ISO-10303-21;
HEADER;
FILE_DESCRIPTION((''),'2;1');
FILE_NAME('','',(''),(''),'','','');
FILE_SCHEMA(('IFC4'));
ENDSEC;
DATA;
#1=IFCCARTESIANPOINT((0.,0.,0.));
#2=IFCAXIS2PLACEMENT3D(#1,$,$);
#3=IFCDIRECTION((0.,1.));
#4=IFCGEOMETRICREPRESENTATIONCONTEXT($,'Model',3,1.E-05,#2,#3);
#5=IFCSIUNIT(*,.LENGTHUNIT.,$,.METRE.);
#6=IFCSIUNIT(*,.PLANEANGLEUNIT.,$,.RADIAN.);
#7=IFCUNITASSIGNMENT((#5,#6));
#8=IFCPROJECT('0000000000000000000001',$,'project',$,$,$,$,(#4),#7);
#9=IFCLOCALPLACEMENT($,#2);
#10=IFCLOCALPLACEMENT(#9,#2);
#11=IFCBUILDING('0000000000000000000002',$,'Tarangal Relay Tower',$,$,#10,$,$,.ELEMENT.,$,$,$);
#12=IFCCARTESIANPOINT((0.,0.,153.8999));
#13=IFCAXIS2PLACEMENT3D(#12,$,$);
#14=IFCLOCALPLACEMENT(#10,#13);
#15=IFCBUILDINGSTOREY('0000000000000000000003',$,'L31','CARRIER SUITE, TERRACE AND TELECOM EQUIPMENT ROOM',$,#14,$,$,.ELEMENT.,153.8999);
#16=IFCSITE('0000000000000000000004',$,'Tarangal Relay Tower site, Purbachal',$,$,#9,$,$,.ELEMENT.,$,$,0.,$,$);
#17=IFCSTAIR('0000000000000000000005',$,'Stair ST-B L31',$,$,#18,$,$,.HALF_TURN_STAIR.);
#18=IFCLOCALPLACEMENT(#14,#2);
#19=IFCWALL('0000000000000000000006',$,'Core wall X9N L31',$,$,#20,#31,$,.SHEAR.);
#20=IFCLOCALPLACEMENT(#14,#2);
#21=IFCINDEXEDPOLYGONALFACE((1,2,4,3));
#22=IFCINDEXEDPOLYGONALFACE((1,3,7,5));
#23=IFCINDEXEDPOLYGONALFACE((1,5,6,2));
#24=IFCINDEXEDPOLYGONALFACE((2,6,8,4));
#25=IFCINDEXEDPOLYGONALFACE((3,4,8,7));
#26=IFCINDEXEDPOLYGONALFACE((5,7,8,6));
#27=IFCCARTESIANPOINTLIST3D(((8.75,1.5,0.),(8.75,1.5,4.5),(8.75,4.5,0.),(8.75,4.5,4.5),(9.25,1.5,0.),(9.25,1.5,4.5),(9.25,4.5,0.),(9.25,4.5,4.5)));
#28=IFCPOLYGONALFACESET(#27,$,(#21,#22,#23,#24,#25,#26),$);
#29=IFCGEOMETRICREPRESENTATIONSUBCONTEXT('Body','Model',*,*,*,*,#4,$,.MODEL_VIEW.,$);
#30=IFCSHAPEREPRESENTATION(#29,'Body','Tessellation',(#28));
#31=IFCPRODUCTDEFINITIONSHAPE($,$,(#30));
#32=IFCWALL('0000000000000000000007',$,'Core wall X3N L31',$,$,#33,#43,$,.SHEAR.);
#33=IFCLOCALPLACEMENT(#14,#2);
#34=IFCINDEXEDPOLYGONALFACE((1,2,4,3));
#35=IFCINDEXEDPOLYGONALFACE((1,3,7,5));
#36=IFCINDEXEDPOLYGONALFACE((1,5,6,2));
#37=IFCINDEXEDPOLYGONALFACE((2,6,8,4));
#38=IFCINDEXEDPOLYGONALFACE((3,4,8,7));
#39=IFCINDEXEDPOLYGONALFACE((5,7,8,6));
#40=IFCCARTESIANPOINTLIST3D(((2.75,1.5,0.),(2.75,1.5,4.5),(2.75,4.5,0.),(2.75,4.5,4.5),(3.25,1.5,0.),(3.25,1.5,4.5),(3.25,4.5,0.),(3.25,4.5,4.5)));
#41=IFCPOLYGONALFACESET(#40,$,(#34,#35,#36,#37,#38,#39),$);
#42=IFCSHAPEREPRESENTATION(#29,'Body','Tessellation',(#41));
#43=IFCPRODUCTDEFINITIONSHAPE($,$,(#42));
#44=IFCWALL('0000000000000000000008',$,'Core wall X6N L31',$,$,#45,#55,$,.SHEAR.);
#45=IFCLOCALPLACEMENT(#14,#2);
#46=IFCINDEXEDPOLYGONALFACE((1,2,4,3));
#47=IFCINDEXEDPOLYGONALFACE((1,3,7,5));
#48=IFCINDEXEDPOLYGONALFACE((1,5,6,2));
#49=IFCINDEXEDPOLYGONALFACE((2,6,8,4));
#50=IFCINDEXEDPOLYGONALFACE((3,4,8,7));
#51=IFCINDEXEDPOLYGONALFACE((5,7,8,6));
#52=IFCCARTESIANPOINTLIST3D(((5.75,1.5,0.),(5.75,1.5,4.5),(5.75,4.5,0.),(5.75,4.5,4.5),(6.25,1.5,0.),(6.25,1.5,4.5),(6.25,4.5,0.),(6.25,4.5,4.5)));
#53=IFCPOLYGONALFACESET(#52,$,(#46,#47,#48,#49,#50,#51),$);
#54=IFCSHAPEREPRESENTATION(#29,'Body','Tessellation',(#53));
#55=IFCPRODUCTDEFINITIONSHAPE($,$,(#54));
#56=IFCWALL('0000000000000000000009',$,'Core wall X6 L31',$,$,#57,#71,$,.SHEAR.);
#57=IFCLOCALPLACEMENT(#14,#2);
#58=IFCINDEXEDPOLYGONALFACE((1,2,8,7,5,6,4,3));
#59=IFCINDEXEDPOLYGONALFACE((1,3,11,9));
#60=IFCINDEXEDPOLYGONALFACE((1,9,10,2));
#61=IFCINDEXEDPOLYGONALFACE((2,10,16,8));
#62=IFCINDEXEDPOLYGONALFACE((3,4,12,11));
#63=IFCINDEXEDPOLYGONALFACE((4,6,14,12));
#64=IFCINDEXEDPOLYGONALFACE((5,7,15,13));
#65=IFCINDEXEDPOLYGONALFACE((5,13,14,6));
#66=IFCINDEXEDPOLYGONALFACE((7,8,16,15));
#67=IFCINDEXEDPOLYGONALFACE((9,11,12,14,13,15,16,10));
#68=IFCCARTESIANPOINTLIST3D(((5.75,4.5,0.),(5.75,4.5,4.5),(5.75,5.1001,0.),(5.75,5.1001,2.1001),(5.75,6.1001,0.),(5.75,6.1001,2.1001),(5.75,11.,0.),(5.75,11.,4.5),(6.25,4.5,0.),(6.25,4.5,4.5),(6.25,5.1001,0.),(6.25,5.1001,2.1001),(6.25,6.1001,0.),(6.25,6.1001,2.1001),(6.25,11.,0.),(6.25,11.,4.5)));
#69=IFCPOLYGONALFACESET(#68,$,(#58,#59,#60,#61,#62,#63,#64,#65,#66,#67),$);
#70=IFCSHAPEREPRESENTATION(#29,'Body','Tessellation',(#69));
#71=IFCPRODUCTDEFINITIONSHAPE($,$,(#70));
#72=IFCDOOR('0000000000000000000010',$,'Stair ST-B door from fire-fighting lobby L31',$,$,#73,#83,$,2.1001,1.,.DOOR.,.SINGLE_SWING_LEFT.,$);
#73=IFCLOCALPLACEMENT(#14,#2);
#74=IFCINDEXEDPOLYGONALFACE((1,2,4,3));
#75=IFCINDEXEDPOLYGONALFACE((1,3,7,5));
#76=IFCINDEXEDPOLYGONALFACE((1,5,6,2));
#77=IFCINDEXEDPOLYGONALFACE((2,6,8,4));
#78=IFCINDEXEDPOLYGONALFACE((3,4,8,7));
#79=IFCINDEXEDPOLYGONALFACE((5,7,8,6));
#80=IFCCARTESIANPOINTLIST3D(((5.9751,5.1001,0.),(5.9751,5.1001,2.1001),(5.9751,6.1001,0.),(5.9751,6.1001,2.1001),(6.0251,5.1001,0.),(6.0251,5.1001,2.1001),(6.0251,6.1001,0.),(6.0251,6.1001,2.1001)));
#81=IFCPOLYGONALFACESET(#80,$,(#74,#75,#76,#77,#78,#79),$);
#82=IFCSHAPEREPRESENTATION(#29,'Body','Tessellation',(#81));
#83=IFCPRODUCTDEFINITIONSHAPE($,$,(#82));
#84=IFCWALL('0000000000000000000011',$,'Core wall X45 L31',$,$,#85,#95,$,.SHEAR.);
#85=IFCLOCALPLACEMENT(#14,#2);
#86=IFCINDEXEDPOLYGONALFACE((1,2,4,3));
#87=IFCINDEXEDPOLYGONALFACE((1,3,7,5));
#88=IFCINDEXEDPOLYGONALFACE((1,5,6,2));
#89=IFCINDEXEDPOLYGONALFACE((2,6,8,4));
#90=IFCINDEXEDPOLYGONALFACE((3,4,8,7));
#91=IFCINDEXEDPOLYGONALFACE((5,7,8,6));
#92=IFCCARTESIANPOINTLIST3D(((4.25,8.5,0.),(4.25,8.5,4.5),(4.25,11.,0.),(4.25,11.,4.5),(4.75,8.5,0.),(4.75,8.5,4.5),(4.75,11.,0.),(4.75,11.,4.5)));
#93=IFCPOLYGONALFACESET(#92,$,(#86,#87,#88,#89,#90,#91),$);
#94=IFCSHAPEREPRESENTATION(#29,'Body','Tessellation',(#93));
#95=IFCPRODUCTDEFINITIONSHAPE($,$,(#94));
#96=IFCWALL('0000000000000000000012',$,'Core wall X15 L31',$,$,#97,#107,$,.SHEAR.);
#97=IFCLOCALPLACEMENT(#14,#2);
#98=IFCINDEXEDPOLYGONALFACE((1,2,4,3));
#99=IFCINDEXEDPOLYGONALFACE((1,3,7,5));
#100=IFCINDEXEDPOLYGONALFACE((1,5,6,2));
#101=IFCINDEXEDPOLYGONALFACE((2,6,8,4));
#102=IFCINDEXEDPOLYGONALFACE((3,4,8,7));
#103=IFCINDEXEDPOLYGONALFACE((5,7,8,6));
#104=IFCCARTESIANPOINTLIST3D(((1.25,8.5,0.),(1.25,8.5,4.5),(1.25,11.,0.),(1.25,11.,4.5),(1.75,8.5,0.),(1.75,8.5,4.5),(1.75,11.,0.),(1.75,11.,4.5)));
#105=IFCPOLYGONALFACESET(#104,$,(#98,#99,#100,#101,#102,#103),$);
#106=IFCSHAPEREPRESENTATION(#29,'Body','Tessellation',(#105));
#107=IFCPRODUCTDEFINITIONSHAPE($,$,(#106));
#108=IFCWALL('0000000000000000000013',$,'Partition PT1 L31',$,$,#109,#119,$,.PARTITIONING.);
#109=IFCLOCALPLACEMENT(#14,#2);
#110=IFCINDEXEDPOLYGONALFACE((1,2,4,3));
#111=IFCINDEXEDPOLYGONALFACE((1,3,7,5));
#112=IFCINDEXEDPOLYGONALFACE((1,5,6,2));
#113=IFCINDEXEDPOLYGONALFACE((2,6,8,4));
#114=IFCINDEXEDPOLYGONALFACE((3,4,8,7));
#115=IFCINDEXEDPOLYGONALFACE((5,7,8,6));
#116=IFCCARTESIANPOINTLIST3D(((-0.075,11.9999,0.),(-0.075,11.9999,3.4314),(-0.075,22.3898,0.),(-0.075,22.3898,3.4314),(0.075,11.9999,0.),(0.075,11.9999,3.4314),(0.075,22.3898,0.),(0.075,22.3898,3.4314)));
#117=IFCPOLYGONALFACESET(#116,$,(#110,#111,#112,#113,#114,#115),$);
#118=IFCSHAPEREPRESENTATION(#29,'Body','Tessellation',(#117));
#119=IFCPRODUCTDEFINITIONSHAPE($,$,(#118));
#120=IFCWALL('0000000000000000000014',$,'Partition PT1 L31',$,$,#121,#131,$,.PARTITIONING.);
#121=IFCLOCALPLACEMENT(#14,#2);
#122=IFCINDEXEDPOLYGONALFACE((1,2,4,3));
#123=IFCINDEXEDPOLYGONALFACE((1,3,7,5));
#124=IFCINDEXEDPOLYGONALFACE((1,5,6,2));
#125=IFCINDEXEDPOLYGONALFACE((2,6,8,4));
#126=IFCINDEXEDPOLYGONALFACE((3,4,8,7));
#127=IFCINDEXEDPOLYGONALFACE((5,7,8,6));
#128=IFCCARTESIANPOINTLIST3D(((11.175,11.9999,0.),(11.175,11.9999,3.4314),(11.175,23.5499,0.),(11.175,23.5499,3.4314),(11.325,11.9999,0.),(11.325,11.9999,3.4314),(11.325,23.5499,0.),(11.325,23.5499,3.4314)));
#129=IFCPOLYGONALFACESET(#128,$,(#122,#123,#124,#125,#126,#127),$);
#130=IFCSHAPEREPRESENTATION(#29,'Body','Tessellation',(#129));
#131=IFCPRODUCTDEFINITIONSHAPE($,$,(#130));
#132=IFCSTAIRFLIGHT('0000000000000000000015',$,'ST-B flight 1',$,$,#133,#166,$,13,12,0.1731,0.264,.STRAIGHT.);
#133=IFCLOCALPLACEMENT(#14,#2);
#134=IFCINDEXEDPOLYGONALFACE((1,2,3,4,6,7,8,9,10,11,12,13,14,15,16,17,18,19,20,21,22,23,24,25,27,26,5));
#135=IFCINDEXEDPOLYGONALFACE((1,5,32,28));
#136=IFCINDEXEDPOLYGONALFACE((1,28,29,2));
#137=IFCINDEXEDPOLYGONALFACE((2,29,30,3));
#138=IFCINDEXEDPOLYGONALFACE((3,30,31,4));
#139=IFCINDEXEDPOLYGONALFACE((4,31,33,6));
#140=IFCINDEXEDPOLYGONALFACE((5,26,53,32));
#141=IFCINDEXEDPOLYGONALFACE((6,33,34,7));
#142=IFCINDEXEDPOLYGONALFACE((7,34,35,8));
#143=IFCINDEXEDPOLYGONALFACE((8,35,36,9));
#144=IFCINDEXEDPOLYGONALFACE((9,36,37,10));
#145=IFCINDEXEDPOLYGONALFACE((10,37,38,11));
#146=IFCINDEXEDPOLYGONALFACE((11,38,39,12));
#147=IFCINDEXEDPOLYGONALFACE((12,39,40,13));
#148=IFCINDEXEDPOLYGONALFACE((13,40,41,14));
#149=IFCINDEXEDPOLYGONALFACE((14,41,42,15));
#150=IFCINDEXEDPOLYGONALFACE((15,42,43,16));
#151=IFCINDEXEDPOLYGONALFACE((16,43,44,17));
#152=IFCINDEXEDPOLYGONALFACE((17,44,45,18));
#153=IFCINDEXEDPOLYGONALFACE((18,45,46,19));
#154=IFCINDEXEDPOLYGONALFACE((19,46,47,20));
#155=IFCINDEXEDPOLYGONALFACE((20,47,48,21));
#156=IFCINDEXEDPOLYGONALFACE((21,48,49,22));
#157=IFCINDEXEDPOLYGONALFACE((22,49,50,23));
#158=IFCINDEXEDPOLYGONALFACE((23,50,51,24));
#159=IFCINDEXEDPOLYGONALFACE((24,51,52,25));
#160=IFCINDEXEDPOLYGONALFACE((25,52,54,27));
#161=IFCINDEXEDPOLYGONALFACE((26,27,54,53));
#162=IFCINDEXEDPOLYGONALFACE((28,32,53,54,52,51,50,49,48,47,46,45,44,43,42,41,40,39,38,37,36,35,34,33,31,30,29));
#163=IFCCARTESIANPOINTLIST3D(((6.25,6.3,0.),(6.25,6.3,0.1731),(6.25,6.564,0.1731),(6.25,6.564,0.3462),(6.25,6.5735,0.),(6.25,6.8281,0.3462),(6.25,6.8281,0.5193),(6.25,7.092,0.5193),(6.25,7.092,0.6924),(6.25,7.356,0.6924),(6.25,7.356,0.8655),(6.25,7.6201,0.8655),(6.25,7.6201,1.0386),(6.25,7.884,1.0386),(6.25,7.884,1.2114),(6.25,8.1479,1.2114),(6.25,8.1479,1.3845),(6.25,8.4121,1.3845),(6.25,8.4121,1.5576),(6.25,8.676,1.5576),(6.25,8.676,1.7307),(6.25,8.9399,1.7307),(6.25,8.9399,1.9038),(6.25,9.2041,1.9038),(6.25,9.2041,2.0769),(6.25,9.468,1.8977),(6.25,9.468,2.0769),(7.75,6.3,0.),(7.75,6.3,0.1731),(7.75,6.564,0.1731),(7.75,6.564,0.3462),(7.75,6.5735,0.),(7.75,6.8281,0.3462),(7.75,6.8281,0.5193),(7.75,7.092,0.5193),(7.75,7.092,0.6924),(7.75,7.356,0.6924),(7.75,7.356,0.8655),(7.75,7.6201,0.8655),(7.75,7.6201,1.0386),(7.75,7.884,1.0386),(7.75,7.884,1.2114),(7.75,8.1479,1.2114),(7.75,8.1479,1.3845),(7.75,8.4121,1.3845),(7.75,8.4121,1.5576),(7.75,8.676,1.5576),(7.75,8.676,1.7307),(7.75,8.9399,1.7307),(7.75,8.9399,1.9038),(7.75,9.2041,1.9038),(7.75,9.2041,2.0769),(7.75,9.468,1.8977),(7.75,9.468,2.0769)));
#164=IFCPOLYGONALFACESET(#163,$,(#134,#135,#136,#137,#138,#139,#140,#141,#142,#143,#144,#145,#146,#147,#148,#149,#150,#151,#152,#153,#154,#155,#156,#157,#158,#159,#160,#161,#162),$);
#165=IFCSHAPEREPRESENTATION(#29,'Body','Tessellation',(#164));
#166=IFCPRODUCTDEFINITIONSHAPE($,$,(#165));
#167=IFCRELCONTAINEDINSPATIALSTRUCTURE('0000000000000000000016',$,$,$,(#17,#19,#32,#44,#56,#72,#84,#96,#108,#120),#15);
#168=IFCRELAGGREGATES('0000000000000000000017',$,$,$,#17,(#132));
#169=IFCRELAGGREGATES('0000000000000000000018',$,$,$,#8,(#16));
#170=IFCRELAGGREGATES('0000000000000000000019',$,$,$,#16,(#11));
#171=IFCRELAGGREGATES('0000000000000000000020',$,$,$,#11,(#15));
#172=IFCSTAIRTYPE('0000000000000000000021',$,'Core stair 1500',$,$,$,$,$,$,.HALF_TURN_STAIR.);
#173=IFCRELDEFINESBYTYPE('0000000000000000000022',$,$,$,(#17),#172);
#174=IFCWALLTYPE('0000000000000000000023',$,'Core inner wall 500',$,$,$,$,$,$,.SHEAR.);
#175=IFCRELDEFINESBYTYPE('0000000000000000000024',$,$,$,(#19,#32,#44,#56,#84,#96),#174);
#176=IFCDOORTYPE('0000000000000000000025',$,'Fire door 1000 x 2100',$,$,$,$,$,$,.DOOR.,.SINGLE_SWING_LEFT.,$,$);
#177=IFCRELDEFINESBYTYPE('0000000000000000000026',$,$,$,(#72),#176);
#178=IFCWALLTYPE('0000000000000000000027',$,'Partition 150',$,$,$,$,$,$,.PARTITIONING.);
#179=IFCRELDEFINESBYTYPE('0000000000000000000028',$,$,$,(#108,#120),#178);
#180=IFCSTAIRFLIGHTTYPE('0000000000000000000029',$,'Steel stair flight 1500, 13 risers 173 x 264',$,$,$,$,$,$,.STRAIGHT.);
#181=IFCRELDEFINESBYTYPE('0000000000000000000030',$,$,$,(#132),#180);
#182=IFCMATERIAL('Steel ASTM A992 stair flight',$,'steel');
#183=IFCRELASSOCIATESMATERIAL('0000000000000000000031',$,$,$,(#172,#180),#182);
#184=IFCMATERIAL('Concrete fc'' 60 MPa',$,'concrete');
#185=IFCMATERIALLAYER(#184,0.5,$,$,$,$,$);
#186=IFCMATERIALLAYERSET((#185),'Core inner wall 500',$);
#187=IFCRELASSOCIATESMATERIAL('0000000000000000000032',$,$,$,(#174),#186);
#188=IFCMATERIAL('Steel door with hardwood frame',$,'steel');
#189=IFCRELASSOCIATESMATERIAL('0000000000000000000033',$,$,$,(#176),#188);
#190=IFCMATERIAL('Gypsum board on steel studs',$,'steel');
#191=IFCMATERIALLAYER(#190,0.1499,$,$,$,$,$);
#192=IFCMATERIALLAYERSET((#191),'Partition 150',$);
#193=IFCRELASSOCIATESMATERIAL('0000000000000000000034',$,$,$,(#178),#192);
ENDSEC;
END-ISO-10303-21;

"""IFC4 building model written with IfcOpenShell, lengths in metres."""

from ifc_helpers import new_model, si_unit, direction, frame, frame_2d, origin, place, context, subcontext, project, spatial, polyline, rectangle, outline, extrude, material, layer, layer_set, type_object, element, fill, aggregate, save


model = new_model("IFC4")

# Units and contexts
model_context = context("Model", 3, precision=1e-05, world=origin(), true_north=direction((0.0, 1.0)))
body_context = subcontext(model_context, "Body", "Model", "MODEL_VIEW")
ifc_project = project(units=[si_unit("LENGTHUNIT", "METRE"), si_unit("PLANEANGLEUNIT", "RADIAN")], contexts=[model_context])

# Site, building, storey
site_placement = place(None, origin())
site = spatial("IfcSite", under=ifc_project, at=site_placement, Name="Tarangal Relay Tower site, Purbachal", CompositionType="ELEMENT", RefElevation=0.0)
building_placement = place(site_placement, origin())
building = spatial("IfcBuilding", under=site, at=building_placement, Name="Tarangal Relay Tower", CompositionType="ELEMENT")
storey_placement = place(building_placement, frame((0.0, 0.0, 153.8999)))
storey = spatial("IfcBuildingStorey", under=building, at=storey_placement, Name="L31", Description="CARRIER SUITE, TERRACE AND TELECOM EQUIPMENT ROOM", CompositionType="ELEMENT", Elevation=153.8999)

# Stair
ifc_material_1 = material(Name="Steel ASTM A992 stair flight", Category="steel")
stair_type = type_object("IfcStairType", Name="Core stair 1500", PredefinedType="HALF_TURN_STAIR", material=ifc_material_1)
stair_1_placement = place(storey_placement, origin())
stair_1 = element("IfcStair", 1, at=stair_1_placement, inside=storey, type_object=stair_type, Name="Stair ST-B L31", PredefinedType="HALF_TURN_STAIR")

# Walls
ifc_material_2 = material(Name="Concrete fc' 60 MPa", Category="concrete")
ifc_layer_1 = layer(ifc_material_2, 0.5)
ifc_layer_set_1 = layer_set([ifc_layer_1], Name="Core inner wall 500")
wall_type_1 = type_object("IfcWallType", Name="Core inner wall 500", PredefinedType="SHEAR", material=ifc_layer_set_1)
for number, where, z_axis, x_axis, name in (
    (2, (9.0, 1.5, 0.0), (0.0, 0.0, 1.0), (0.0, 1.0, 0.0), "Core wall X9N L31"),
    (3, (3.0, 1.5, 0.0), (0.0, 0.0, 1.0), (0.0, 1.0, 0.0), "Core wall X3N L31"),
    (4, (6.0, 1.5, 0.0), (0.0, 0.0, 1.0), (0.0, 1.0, 0.0), "Core wall X6N L31"),
):
    element("IfcWall", number, at=place(storey_placement, frame(where, z_axis=z_axis, x_axis=x_axis)), inside=storey, type_object=wall_type_1, Name=name, PredefinedType="SHEAR", context=body_context, shape_type="SweptSolid", body=[
        extrude(rectangle(XDim=3.0, YDim=0.5, at=frame_2d((1.5, 0.0))), origin(), (0.0, 0.0, 1.0), 4.5),
    ])

# Wall, opening, door
wall_1_placement = place(storey_placement, frame((6.0, 4.5, 0.0), z_axis=(0.0, 0.0, 1.0), x_axis=(0.0, 1.0, 0.0)))
wall_1 = element("IfcWall", 5, at=wall_1_placement, inside=storey, type_object=wall_type_1, Name="Core wall X6 L31", PredefinedType="SHEAR", context=body_context, shape_type="SweptSolid", body=[
    extrude(rectangle(XDim=6.5, YDim=0.5, at=frame_2d((3.25, 0.0))), origin(), (0.0, 0.0, 1.0), 4.5),
])
opening_placement = place(wall_1_placement, frame((0.6001, 0.0, 0.0)))
opening = element("IfcOpeningElement", 6, at=opening_placement, cuts=wall_1, PredefinedType="OPENING", context=body_context, shape_type="SweptSolid", body=[
    extrude(rectangle(XDim=1.0, YDim=2.1001, at=frame_2d((0.5, 1.05))), frame((0.0, 0.26, 0.0), z_axis=(0.0, -1.0, 0.0), x_axis=(1.0, 0.0, 0.0)), (0.0, 0.0, 1.0), 0.52),
])
ifc_material_3 = material(Name="Steel door with hardwood frame", Category="steel")
door_type = type_object("IfcDoorType", Name="Fire door 1000 x 2100", OperationType="SINGLE_SWING_LEFT", PredefinedType="DOOR", material=ifc_material_3)
door_placement = place(opening_placement, origin())
door = element("IfcDoor", 7, at=door_placement, inside=storey, type_object=door_type, Name="Stair ST-B door from fire-fighting lobby L31", OperationType="SINGLE_SWING_LEFT", OverallHeight=2.1001, OverallWidth=1.0, PredefinedType="DOOR", context=body_context, shape_type="SweptSolid", body=[
    extrude(rectangle(XDim=1.0, YDim=2.1001, at=frame_2d((0.5, 1.05))), frame((0.0, 0.0249, 0.0), z_axis=(0.0, -1.0, 0.0), x_axis=(1.0, 0.0, 0.0)), (0.0, 0.0, 1.0), 0.05),
])
fill(opening, door)

# Walls
for number, where, z_axis, x_axis, name in (
    (8, (4.5, 8.5, 0.0), (0.0, 0.0, 1.0), (0.0, 1.0, 0.0), "Core wall X45 L31"),
    (9, (1.5, 8.5, 0.0), (0.0, 0.0, 1.0), (0.0, 1.0, 0.0), "Core wall X15 L31"),
):
    element("IfcWall", number, at=place(storey_placement, frame(where, z_axis=z_axis, x_axis=x_axis)), inside=storey, type_object=wall_type_1, Name=name, PredefinedType="SHEAR", context=body_context, shape_type="SweptSolid", body=[
        extrude(rectangle(XDim=2.5, YDim=0.5, at=frame_2d((1.25, 0.0))), origin(), (0.0, 0.0, 1.0), 4.5),
    ])
ifc_material_4 = material(Name="Gypsum board on steel studs", Category="steel")
ifc_layer_2 = layer(ifc_material_4, 0.1499)
ifc_layer_set_2 = layer_set([ifc_layer_2], Name="Partition 150")
wall_type_2 = type_object("IfcWallType", Name="Partition 150", PredefinedType="PARTITIONING", material=ifc_layer_set_2)
wall_2_placement = place(storey_placement, frame((0.0, 12.0, 0.0), z_axis=(0.0, 0.0, 1.0), x_axis=(0.0, 1.0, 0.0)))
element("IfcWall", 10, at=wall_2_placement, inside=storey, type_object=wall_type_2, Name="Partition PT1 L31", PredefinedType="PARTITIONING", context=body_context, shape_type="SweptSolid", body=[
    extrude(rectangle(XDim=10.3899, YDim=0.1499, at=frame_2d((5.1948, 0.0))), origin(), (0.0, 0.0, 1.0), 3.4314),
])
wall_3_placement = place(storey_placement, frame((11.25, 12.0, 0.0), z_axis=(0.0, 0.0, 1.0), x_axis=(0.0, 1.0, 0.0)))
element("IfcWall", 11, at=wall_3_placement, inside=storey, type_object=wall_type_2, Name="Partition PT1 L31", PredefinedType="PARTITIONING", context=body_context, shape_type="SweptSolid", body=[
    extrude(rectangle(XDim=11.55, YDim=0.1499, at=frame_2d((5.7749, 0.0))), origin(), (0.0, 0.0, 1.0), 3.4314),
])

# Stair flight
stair_flight_type = type_object("IfcStairFlightType", Name="Steel stair flight 1500, 13 risers 173 x 264", PredefinedType="STRAIGHT", material=ifc_material_1)
stair_flight_1_placement = place(storey_placement, frame((7.0, 6.3, 0.0), z_axis=(0.0, 0.0, 1.0), x_axis=(0.0, 1.0, 0.0)))
stair_flight_1 = element("IfcStairFlight", 12, at=stair_flight_1_placement, type_object=stair_flight_type, Name="ST-B flight 1", NumberOfRisers=13, NumberOfTreads=12, PredefinedType="STRAIGHT", RiserHeight=0.1731, TreadLength=0.264, context=body_context, shape_type="SweptSolid", body=[
    extrude(outline(polyline([(0.0, 0.0), (0.0, 0.1731), (0.2639, 0.1731), (0.2639, 0.3462), (0.5281, 0.3462), (0.5281, 0.5193), (0.792, 0.5193), (0.792, 0.6924), (1.0559, 0.6924), (1.0559, 0.8655), (1.3201, 0.8655), (1.3201, 1.0386), (1.584, 1.0386), (1.584, 1.2114), (1.8479, 1.2114), (1.8479, 1.3845), (2.1121, 1.3845), (2.1121, 1.5576), (2.376, 1.5576), (2.376, 1.7307), (2.6399, 1.7307), (2.6399, 1.9038), (2.9041, 1.9038), (2.9041, 2.0769), (3.168, 2.0769), (3.168, 2.25), (3.168, 1.8977), (0.2734, 0.0), (0.0, 0.0)])), frame((0.0, 0.75, 0.0), z_axis=(0.0, -1.0, 0.0), x_axis=(1.0, 0.0, 0.0)), (0.0, 0.0, 1.0), 1.5),
])
aggregate(stair_1, [stair_flight_1])

save(model, "model.ifc")
